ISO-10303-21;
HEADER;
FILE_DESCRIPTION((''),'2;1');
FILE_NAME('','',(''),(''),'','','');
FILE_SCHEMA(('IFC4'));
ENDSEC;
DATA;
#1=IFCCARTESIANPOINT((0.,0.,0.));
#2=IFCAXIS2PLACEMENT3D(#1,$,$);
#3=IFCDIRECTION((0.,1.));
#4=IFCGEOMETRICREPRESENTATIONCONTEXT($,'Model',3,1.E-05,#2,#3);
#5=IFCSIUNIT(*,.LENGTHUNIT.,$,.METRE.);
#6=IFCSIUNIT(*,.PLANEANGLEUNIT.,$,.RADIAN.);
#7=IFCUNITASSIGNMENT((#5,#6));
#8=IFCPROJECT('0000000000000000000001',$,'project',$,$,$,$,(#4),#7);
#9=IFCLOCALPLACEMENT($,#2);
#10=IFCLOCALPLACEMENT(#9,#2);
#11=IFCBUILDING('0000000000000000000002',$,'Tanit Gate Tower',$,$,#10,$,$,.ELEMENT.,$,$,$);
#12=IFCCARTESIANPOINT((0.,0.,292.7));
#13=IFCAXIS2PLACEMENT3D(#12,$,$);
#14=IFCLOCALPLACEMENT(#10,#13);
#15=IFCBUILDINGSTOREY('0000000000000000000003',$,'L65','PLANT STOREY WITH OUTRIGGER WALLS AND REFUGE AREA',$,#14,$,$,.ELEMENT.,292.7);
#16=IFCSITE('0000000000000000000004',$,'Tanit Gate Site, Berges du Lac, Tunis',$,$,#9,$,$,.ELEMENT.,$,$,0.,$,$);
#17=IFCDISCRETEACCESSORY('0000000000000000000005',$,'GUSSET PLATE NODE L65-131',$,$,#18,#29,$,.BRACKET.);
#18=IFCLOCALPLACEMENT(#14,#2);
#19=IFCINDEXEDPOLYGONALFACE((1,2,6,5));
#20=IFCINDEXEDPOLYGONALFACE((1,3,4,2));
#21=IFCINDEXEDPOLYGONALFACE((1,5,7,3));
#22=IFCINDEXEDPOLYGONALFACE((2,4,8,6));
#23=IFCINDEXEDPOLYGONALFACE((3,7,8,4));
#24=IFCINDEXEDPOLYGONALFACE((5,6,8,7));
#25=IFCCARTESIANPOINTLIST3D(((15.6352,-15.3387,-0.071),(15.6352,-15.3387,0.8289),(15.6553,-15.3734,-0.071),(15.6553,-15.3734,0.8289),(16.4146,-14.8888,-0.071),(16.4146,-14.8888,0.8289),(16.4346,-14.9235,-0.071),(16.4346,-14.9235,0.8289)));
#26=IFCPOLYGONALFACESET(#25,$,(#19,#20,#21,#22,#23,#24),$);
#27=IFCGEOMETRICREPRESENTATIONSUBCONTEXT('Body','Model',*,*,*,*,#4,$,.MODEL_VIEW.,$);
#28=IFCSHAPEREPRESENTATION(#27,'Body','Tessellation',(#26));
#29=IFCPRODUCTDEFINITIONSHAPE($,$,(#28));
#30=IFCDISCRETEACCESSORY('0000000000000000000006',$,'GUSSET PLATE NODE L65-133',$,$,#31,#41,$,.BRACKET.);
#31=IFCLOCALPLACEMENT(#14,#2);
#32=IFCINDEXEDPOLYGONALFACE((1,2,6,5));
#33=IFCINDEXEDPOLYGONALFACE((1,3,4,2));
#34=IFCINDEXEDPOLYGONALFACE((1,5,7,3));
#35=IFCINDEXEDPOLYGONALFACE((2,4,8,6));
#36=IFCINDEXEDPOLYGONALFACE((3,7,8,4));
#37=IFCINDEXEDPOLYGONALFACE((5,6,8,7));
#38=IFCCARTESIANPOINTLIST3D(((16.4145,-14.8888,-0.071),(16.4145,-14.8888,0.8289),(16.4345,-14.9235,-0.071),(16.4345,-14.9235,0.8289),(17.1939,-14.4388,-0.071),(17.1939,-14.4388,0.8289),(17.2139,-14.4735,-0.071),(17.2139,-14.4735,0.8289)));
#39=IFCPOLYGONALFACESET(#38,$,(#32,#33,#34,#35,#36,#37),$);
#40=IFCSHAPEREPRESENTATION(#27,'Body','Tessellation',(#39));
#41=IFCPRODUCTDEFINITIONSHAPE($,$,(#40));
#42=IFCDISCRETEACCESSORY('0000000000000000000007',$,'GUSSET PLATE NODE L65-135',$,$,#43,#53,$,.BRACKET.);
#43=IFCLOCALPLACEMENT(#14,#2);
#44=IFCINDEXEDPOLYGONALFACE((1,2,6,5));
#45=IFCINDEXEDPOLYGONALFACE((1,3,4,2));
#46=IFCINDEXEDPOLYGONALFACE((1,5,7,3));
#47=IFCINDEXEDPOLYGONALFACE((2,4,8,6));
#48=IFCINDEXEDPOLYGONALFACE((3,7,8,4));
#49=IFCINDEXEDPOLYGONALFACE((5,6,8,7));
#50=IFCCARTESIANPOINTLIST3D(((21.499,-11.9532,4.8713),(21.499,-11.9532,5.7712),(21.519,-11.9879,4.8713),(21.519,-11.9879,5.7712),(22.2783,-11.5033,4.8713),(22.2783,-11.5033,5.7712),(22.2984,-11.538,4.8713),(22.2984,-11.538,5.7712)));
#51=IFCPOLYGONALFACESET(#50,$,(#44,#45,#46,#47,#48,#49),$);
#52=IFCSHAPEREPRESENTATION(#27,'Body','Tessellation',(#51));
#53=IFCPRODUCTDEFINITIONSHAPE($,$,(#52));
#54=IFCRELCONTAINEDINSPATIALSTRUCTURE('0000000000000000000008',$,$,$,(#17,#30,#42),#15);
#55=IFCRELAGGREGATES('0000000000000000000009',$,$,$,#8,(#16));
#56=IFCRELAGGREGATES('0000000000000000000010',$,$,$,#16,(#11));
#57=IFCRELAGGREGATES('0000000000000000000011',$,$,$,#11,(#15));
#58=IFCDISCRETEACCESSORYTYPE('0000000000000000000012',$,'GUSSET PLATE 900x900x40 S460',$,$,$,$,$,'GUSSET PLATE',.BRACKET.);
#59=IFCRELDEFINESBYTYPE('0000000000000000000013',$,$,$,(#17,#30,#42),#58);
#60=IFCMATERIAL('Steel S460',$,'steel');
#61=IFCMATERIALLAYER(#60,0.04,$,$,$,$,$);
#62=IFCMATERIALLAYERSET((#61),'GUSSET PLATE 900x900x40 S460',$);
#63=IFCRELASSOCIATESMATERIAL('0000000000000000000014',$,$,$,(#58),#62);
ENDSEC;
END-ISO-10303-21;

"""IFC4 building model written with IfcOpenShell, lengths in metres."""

from ifc_helpers import new_model, si_unit, direction, frame, origin, origin_2d, place, context, subcontext, project, spatial, rectangle, extrude, material, layer, layer_set, type_object, element, save


model = new_model("IFC4")

# Units and contexts
model_context = context("Model", 3, precision=1e-05, world=origin(), true_north=direction((0.0, 1.0)))
body_context = subcontext(model_context, "Body", "Model", "MODEL_VIEW")
ifc_project = project(units=[si_unit("LENGTHUNIT", "METRE"), si_unit("PLANEANGLEUNIT", "RADIAN")], contexts=[model_context])

# Site, building, storey
site_placement = place(None, origin())
site = spatial("IfcSite", under=ifc_project, at=site_placement, Name="Tanit Gate Site, Berges du Lac, Tunis", CompositionType="ELEMENT", RefElevation=0.0)
building_placement = place(site_placement, origin())
building = spatial("IfcBuilding", under=site, at=building_placement, Name="Tanit Gate Tower", CompositionType="ELEMENT")
storey_placement = place(building_placement, frame((0.0, 0.0, 292.7)))
storey = spatial("IfcBuildingStorey", under=building, at=storey_placement, Name="L65", Description="PLANT STOREY WITH OUTRIGGER WALLS AND REFUGE AREA", CompositionType="ELEMENT", Elevation=292.7)

# Discrete accessories
ifc_material_1 = material(Name="Steel S460", Category="steel")
ifc_layer_1 = layer(ifc_material_1, 0.04)
ifc_layer_set_1 = layer_set([ifc_layer_1], Name="GUSSET PLATE 900x900x40 S460")
discrete_accessory_type = type_object("IfcDiscreteAccessoryType", Name="GUSSET PLATE 900x900x40 S460", ElementType="GUSSET PLATE", PredefinedType="BRACKET", material=ifc_layer_set_1)
for number, where, z_axis, x_axis, name in (
    (1, (16.0349, -15.1311, -0.071), (0.0, 0.0, 1.0), (-0.866025, -0.5, 0.0), "GUSSET PLATE NODE L65-131"),
    (2, (16.8142, -14.6812, -0.071), (0.0, 0.0, 1.0), (0.866025, 0.5, 0.0), "GUSSET PLATE NODE L65-133"),
    (3, (21.8987, -11.7456, 4.8713), (0.0, 0.0, 1.0), (-0.866025, -0.5, 0.0), "GUSSET PLATE NODE L65-135"),
):
    element("IfcDiscreteAccessory", number, at=place(storey_placement, frame(where, z_axis=z_axis, x_axis=x_axis)), inside=storey, type_object=discrete_accessory_type, Name=name, PredefinedType="BRACKET", context=body_context, shape_type="SweptSolid", body=[
        extrude(rectangle(XDim=0.8999, YDim=0.04, at=origin_2d()), origin(), (0.0, 0.0, 1.0), 0.8999),
    ])

save(model, "model.ifc")
